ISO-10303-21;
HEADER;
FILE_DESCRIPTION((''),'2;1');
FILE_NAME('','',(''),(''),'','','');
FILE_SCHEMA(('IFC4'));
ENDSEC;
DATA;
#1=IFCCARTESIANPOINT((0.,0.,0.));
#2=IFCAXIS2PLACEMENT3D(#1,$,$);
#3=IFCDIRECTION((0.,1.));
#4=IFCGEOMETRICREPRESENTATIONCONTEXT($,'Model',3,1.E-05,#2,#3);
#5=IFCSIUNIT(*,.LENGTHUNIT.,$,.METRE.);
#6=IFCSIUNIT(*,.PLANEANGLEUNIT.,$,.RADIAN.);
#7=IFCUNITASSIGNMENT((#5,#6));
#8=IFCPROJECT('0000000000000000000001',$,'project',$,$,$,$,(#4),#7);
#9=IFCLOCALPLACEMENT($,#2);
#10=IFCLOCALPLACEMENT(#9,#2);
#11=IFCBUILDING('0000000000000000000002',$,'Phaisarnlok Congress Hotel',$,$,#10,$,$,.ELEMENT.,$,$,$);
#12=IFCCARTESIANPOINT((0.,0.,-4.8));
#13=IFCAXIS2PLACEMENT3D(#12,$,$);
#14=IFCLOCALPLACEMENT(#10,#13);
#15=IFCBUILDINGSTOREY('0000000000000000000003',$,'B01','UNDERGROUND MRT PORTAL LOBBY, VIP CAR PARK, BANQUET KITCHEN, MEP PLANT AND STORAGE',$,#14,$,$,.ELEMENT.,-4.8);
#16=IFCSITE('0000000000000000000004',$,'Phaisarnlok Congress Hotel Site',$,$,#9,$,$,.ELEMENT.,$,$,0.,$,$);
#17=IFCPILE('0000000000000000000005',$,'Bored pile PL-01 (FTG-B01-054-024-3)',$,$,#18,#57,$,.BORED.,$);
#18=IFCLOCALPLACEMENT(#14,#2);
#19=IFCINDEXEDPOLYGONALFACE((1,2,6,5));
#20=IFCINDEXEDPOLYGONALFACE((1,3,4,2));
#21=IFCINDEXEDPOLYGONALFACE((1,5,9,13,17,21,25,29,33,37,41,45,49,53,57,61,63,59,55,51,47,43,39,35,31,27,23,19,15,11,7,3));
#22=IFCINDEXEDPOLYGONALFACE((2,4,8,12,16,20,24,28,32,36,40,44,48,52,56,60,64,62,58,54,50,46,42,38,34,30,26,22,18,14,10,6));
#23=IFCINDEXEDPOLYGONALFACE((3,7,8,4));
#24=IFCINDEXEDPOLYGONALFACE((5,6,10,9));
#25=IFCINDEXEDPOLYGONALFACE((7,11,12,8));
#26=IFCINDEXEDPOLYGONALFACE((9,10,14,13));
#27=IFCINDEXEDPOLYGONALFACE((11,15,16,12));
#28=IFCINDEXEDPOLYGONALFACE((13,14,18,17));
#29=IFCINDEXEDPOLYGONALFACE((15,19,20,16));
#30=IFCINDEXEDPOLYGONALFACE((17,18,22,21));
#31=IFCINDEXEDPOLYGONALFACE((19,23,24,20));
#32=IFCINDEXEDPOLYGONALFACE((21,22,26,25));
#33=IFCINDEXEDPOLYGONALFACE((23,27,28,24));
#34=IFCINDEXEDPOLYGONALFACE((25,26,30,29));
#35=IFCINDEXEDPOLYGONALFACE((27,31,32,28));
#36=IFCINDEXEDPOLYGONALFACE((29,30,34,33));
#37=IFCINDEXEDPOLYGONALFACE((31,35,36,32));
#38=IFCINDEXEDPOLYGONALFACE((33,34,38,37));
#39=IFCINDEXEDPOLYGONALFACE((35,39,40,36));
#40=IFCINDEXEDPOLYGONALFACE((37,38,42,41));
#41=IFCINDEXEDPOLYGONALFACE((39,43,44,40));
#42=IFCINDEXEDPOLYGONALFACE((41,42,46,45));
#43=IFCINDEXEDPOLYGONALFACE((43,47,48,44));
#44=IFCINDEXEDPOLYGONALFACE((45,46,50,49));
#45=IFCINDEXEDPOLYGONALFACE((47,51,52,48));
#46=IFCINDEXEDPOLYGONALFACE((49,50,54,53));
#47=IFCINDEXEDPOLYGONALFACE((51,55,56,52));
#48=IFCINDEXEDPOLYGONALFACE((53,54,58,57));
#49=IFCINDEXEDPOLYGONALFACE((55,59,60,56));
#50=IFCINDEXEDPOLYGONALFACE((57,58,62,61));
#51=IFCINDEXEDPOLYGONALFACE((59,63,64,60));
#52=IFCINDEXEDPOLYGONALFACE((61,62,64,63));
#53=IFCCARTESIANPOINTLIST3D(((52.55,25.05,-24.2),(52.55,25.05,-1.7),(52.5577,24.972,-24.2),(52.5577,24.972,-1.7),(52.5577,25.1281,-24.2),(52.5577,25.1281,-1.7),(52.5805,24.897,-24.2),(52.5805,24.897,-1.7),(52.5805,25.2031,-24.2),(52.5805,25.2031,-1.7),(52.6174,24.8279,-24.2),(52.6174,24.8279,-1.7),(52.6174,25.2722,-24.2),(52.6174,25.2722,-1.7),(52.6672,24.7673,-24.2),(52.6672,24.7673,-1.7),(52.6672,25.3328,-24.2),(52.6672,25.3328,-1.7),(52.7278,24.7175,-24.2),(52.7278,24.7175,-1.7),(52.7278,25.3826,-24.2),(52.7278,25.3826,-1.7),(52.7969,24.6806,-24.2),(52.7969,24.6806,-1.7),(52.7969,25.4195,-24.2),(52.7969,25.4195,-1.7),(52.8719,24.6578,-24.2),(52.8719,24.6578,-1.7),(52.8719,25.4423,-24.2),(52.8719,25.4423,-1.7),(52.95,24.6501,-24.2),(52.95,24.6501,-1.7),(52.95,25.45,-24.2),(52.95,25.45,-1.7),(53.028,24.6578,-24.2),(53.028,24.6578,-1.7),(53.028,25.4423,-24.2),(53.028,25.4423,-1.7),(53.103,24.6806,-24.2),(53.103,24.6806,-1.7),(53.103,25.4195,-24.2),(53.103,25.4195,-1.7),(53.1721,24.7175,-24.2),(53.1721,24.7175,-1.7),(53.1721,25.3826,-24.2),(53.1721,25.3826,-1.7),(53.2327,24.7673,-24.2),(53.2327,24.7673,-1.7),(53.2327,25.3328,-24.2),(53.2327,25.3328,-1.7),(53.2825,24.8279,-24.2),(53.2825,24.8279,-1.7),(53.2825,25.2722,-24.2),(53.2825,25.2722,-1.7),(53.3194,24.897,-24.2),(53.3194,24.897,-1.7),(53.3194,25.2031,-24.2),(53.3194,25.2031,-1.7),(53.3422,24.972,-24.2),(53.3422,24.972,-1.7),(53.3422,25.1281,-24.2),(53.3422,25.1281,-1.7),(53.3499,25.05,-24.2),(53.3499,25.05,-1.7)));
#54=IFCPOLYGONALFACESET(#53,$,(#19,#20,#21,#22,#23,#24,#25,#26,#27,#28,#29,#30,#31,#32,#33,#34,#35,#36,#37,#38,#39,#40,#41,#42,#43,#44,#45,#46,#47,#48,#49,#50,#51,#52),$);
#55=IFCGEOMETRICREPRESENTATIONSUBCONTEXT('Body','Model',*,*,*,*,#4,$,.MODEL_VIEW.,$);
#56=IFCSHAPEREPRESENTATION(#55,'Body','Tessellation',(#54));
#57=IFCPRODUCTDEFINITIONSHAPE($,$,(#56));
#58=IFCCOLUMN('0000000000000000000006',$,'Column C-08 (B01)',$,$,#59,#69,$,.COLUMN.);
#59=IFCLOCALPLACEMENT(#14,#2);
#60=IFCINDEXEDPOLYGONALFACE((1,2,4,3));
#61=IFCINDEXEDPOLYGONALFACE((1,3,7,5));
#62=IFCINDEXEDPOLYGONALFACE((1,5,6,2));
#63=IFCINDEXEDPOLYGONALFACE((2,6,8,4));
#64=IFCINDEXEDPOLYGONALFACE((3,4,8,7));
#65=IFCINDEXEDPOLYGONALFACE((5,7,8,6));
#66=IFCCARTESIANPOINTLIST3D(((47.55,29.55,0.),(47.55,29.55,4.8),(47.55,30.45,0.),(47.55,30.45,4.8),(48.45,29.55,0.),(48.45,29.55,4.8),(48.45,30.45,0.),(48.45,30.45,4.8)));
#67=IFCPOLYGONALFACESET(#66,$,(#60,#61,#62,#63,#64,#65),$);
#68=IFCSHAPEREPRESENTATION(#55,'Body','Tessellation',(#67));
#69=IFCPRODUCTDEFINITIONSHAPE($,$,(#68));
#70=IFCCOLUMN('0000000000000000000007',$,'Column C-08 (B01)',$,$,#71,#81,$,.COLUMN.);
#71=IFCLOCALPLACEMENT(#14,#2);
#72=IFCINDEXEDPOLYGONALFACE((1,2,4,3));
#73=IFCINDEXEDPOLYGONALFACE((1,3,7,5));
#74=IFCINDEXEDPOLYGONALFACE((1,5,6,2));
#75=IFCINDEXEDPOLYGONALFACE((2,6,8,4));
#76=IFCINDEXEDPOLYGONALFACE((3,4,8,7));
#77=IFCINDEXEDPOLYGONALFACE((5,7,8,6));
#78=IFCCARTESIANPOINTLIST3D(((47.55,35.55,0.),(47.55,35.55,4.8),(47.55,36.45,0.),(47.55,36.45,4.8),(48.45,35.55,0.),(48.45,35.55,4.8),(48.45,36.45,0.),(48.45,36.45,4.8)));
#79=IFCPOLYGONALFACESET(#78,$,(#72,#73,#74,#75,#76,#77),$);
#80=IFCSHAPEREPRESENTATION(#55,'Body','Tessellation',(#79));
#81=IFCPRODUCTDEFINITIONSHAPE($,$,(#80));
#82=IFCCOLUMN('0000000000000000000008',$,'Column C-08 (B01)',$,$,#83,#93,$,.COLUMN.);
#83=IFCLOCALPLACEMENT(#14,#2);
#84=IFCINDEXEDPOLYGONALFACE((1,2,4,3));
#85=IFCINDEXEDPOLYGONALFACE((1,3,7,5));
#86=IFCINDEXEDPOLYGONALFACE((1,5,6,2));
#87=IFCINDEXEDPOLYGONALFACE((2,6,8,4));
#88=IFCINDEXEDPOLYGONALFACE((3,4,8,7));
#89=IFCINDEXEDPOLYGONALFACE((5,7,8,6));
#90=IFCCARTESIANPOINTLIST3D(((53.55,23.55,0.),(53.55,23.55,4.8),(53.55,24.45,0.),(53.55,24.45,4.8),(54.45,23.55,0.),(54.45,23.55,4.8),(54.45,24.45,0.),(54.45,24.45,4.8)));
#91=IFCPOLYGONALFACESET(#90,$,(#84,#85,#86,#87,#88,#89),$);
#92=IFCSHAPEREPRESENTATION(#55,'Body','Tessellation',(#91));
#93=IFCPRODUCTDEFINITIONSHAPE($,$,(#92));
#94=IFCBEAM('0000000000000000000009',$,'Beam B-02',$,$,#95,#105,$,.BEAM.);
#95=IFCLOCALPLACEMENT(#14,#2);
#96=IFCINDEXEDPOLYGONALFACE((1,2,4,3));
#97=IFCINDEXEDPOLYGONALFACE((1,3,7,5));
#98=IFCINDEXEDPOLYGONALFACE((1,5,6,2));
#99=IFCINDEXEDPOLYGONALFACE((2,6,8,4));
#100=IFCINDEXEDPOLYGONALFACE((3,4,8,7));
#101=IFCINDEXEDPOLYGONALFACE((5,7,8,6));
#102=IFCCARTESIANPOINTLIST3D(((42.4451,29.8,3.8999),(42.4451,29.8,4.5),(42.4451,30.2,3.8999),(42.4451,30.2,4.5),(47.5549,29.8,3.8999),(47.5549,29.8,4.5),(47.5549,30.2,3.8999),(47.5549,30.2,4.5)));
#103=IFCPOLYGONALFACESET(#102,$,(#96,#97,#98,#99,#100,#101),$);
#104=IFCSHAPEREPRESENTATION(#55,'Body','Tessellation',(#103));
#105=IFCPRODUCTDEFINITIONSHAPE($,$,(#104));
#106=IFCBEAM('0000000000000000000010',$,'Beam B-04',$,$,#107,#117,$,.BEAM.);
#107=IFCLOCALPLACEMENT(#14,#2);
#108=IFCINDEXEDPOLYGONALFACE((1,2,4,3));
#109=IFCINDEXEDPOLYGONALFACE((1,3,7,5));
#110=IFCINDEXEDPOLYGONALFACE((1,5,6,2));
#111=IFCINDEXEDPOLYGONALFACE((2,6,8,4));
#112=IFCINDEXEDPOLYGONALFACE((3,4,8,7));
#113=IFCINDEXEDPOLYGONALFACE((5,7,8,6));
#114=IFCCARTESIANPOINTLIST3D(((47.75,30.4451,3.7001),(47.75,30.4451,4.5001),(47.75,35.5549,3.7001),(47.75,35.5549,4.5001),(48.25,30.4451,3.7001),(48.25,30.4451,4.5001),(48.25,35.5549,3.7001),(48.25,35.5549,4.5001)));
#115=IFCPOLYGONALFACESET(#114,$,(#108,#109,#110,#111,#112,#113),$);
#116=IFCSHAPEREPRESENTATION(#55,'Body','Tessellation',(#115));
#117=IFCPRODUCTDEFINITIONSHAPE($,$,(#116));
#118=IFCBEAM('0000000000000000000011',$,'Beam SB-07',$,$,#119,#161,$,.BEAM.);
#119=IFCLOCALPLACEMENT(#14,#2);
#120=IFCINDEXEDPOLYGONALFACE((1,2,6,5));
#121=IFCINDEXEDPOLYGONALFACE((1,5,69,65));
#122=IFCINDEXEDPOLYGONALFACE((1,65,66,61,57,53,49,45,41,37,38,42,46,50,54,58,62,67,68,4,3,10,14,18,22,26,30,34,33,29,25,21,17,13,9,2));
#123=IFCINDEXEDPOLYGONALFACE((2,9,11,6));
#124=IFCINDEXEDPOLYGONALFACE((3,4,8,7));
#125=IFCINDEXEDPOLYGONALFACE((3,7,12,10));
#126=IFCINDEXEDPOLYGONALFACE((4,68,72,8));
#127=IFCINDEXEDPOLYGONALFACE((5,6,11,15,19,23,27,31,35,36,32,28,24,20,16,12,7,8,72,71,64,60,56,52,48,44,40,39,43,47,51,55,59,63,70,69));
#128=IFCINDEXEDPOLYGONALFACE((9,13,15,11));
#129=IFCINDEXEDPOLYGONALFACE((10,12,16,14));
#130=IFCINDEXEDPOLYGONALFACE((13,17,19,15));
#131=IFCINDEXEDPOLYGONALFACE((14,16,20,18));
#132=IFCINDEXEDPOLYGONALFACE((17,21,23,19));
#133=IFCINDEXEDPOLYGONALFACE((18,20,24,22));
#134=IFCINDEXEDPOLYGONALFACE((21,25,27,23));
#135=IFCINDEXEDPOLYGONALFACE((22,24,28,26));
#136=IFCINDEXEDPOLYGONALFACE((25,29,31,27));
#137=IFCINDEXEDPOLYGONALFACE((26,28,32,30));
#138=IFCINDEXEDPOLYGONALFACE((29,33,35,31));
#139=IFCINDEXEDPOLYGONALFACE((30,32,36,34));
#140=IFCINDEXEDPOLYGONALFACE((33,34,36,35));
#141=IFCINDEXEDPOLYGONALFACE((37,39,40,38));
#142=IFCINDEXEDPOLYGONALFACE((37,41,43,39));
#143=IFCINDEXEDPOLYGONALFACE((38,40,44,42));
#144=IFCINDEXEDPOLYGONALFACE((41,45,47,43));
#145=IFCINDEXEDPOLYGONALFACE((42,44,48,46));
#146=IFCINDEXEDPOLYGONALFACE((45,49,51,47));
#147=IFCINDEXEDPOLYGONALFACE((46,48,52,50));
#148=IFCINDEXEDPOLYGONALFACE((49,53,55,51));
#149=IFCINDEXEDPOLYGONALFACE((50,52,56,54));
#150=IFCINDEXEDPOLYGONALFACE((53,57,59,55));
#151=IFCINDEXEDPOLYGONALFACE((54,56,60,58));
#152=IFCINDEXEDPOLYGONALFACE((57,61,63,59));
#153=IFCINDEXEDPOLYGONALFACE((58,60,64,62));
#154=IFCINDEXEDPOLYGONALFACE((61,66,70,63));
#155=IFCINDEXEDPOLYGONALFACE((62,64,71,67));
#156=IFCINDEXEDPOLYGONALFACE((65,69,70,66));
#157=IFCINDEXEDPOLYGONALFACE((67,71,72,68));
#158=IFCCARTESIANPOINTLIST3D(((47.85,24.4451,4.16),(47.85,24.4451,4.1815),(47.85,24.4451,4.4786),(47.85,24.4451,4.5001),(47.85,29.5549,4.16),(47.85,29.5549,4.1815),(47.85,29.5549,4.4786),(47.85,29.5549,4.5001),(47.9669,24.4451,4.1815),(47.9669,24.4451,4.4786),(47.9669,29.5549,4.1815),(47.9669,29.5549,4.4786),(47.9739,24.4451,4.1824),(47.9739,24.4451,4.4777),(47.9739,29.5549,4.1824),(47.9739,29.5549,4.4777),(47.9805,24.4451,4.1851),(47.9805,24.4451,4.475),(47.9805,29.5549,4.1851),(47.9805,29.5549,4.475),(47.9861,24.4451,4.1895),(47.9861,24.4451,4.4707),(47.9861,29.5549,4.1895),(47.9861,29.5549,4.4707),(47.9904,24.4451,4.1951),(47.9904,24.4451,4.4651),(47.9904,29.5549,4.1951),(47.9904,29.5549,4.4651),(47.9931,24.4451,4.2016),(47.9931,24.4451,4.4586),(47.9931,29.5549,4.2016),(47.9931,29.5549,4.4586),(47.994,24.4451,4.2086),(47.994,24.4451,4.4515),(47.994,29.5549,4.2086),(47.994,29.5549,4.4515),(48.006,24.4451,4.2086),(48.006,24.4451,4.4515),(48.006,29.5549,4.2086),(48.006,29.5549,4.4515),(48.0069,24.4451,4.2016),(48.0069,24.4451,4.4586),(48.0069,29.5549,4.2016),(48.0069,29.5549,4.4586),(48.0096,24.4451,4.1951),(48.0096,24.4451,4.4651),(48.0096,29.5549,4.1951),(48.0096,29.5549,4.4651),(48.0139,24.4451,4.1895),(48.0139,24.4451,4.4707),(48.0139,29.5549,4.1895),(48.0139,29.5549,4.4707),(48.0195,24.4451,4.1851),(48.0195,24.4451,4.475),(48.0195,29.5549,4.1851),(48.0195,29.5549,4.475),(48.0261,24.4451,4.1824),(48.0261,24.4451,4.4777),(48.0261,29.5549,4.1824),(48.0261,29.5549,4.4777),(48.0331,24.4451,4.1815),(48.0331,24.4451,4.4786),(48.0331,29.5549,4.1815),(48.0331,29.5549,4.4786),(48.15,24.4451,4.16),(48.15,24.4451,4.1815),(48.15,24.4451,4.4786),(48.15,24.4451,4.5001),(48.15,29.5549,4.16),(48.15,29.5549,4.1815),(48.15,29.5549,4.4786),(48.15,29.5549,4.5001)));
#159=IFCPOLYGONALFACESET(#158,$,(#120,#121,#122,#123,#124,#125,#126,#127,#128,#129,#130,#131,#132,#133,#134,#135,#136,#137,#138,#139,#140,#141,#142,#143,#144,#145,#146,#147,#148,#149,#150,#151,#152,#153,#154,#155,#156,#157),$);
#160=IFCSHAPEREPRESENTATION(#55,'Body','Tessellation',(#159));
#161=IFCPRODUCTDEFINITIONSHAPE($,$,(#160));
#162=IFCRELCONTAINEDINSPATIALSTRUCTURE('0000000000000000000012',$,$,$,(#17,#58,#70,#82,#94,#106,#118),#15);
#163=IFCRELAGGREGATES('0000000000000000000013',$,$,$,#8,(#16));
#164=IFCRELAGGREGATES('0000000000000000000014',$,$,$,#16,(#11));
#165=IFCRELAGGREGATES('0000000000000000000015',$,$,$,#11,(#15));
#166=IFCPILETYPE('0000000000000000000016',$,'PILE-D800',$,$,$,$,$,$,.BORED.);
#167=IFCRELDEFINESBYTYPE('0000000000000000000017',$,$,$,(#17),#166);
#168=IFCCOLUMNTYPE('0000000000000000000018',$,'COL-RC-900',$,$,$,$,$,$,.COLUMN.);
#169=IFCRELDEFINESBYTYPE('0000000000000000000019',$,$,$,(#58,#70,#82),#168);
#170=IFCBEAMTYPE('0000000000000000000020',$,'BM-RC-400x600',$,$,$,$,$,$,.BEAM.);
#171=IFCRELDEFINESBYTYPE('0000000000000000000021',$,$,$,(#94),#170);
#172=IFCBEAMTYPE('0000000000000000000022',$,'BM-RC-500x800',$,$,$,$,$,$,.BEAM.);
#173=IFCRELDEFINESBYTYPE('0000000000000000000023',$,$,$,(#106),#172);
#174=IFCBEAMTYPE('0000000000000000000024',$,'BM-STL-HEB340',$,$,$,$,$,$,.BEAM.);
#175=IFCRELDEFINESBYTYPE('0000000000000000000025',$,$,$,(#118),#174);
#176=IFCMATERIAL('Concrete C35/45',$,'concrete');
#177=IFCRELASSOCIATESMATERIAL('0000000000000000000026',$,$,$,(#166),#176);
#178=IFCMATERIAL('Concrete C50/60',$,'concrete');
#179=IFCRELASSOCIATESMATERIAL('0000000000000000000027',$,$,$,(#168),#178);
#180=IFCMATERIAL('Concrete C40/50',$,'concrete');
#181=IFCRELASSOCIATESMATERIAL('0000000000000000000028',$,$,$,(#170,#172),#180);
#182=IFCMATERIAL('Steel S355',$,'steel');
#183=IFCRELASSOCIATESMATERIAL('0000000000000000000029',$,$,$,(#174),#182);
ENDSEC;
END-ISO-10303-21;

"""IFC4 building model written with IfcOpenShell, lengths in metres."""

from ifc_helpers import new_model, si_unit, direction, frame, origin, origin_2d, place, context, subcontext, project, spatial, rectangle, circle, i_section, extrude, material, material_profile, profile_set, type_object, element, save


model = new_model("IFC4")

# Units and contexts
model_context = context("Model", 3, precision=1e-05, world=origin(), true_north=direction((0.0, 1.0)))
body_context = subcontext(model_context, "Body", "Model", "MODEL_VIEW")
ifc_project = project(units=[si_unit("LENGTHUNIT", "METRE"), si_unit("PLANEANGLEUNIT", "RADIAN")], contexts=[model_context])

# Site, building, storey
site_placement = place(None, origin())
site = spatial("IfcSite", under=ifc_project, at=site_placement, Name="Phaisarnlok Congress Hotel Site", CompositionType="ELEMENT", RefElevation=0.0)
building_placement = place(site_placement, origin())
building = spatial("IfcBuilding", under=site, at=building_placement, Name="Phaisarnlok Congress Hotel", CompositionType="ELEMENT")
storey_placement = place(building_placement, frame((0.0, 0.0, -4.8)))
storey = spatial("IfcBuildingStorey", under=building, at=storey_placement, Name="B01", Description="UNDERGROUND MRT PORTAL LOBBY, VIP CAR PARK, BANQUET KITCHEN, MEP PLANT AND STORAGE", CompositionType="ELEMENT", Elevation=-4.8)

# Shared definitions
ifc_material_1 = material(Name="Concrete C40/50", Category="concrete")

# Pile
ifc_material_2 = material(Name="Concrete C35/45", Category="concrete")
ifc_material_profile_1 = material_profile(ifc_material_2, circle(Radius=0.3999, at=origin_2d()), Name="BORED PILE D800")
ifc_profile_set_1 = profile_set([ifc_material_profile_1], Name="Concrete C35/45")
pile_type_1 = type_object("IfcPileType", Name="PILE-D800", PredefinedType="BORED", material=ifc_profile_set_1)
pile_1_placement = place(storey_placement, frame((52.95, 25.05, -1.7), z_axis=(0.0, 0.0, -1.0), x_axis=(1.0, 0.0, 0.0)))
element("IfcPile", 1, at=pile_1_placement, inside=storey, type_object=pile_type_1, Name="Bored pile PL-01 (FTG-B01-054-024-3)", PredefinedType="BORED", context=body_context, shape_type="SweptSolid", body=[
    extrude(circle(Radius=0.3999, at=origin_2d()), origin(), (0.0, 0.0, 1.0), 22.5),
])

# Columns
ifc_material_3 = material(Name="Concrete C50/60", Category="concrete")
ifc_material_profile_2 = material_profile(ifc_material_3, rectangle(XDim=0.8999, YDim=0.8999, at=origin_2d()), Name="RC 900x900")
ifc_profile_set_2 = profile_set([ifc_material_profile_2], Name="Concrete C50/60")
column_type = type_object("IfcColumnType", Name="COL-RC-900", PredefinedType="COLUMN", material=ifc_profile_set_2)
for number, where, z_axis, x_axis, name in (
    (2, (48.0, 30.0, 0.0), (0.0, 0.0, 1.0), (1.0, 0.0, 0.0), "Column C-08 (B01)"),
    (3, (48.0, 36.0, 0.0), (0.0, 0.0, 1.0), (1.0, 0.0, 0.0), "Column C-08 (B01)"),
    (4, (54.0, 24.0, 0.0), (0.0, 0.0, 1.0), (1.0, 0.0, 0.0), "Column C-08 (B01)"),
):
    element("IfcColumn", number, at=place(storey_placement, frame(where, z_axis=z_axis, x_axis=x_axis)), inside=storey, type_object=column_type, Name=name, PredefinedType="COLUMN", context=body_context, shape_type="SweptSolid", body=[
        extrude(rectangle(XDim=0.8999, YDim=0.8999, at=origin_2d()), origin(), (0.0, 0.0, 1.0), 4.8),
    ])

# Beams
ifc_material_profile_3 = material_profile(ifc_material_1, rectangle(XDim=0.3999, YDim=0.6001, at=origin_2d()), Name="RC 400x600")
ifc_profile_set_3 = profile_set([ifc_material_profile_3], Name="Concrete C40/50")
beam_type_1 = type_object("IfcBeamType", Name="BM-RC-400x600", PredefinedType="BEAM", material=ifc_profile_set_3)
beam_1_placement = place(storey_placement, frame((42.4451, 30.0, 4.2), z_axis=(1.0, 0.0, 0.0), x_axis=(0.0, 1.0, 0.0)))
element("IfcBeam", 5, at=beam_1_placement, inside=storey, type_object=beam_type_1, Name="Beam B-02", PredefinedType="BEAM", context=body_context, shape_type="SweptSolid", body=[
    extrude(rectangle(XDim=0.3999, YDim=0.6001, at=origin_2d()), origin(), (0.0, 0.0, 1.0), 5.1099),
])
ifc_material_profile_4 = material_profile(ifc_material_1, rectangle(XDim=0.5, YDim=0.8, at=origin_2d()), Name="RC 500x800")
ifc_profile_set_4 = profile_set([ifc_material_profile_4], Name="Concrete C40/50")
beam_type_2 = type_object("IfcBeamType", Name="BM-RC-500x800", PredefinedType="BEAM", material=ifc_profile_set_4)
beam_2_placement = place(storey_placement, frame((48.0, 30.4451, 4.1001), z_axis=(0.0, 1.0, 0.0), x_axis=(-1.0, 0.0, 0.0)))
element("IfcBeam", 6, at=beam_2_placement, inside=storey, type_object=beam_type_2, Name="Beam B-04", PredefinedType="BEAM", context=body_context, shape_type="SweptSolid", body=[
    extrude(rectangle(XDim=0.5, YDim=0.8, at=origin_2d()), origin(), (0.0, 0.0, 1.0), 5.1099),
])
ifc_material_4 = material(Name="Steel S355", Category="steel")
ifc_material_profile_5 = material_profile(ifc_material_4, i_section(OverallWidth=0.3, OverallDepth=0.3401, WebThickness=0.012, FlangeThickness=0.0215, FilletRadius=0.0271, at=origin_2d()), Name="HEB 340")
ifc_profile_set_5 = profile_set([ifc_material_profile_5], Name="Steel S355")
beam_type_3 = type_object("IfcBeamType", Name="BM-STL-HEB340", PredefinedType="BEAM", material=ifc_profile_set_5)
for number, where, z_axis, x_axis, name in (
    (7, (48.0, 24.4451, 4.3301), (0.0, 1.0, 0.0), (-1.0, 0.0, 0.0), "Beam SB-07"),
):
    element("IfcBeam", number, at=place(storey_placement, frame(where, z_axis=z_axis, x_axis=x_axis)), inside=storey, type_object=beam_type_3, Name=name, PredefinedType="BEAM", context=body_context, shape_type="SweptSolid", body=[
        extrude(i_section(OverallWidth=0.3, OverallDepth=0.3401, WebThickness=0.012, FlangeThickness=0.0215, FilletRadius=0.0271, at=origin_2d()), origin(), (0.0, 0.0, 1.0), 5.1099),
    ])

save(model, "model.ifc")
